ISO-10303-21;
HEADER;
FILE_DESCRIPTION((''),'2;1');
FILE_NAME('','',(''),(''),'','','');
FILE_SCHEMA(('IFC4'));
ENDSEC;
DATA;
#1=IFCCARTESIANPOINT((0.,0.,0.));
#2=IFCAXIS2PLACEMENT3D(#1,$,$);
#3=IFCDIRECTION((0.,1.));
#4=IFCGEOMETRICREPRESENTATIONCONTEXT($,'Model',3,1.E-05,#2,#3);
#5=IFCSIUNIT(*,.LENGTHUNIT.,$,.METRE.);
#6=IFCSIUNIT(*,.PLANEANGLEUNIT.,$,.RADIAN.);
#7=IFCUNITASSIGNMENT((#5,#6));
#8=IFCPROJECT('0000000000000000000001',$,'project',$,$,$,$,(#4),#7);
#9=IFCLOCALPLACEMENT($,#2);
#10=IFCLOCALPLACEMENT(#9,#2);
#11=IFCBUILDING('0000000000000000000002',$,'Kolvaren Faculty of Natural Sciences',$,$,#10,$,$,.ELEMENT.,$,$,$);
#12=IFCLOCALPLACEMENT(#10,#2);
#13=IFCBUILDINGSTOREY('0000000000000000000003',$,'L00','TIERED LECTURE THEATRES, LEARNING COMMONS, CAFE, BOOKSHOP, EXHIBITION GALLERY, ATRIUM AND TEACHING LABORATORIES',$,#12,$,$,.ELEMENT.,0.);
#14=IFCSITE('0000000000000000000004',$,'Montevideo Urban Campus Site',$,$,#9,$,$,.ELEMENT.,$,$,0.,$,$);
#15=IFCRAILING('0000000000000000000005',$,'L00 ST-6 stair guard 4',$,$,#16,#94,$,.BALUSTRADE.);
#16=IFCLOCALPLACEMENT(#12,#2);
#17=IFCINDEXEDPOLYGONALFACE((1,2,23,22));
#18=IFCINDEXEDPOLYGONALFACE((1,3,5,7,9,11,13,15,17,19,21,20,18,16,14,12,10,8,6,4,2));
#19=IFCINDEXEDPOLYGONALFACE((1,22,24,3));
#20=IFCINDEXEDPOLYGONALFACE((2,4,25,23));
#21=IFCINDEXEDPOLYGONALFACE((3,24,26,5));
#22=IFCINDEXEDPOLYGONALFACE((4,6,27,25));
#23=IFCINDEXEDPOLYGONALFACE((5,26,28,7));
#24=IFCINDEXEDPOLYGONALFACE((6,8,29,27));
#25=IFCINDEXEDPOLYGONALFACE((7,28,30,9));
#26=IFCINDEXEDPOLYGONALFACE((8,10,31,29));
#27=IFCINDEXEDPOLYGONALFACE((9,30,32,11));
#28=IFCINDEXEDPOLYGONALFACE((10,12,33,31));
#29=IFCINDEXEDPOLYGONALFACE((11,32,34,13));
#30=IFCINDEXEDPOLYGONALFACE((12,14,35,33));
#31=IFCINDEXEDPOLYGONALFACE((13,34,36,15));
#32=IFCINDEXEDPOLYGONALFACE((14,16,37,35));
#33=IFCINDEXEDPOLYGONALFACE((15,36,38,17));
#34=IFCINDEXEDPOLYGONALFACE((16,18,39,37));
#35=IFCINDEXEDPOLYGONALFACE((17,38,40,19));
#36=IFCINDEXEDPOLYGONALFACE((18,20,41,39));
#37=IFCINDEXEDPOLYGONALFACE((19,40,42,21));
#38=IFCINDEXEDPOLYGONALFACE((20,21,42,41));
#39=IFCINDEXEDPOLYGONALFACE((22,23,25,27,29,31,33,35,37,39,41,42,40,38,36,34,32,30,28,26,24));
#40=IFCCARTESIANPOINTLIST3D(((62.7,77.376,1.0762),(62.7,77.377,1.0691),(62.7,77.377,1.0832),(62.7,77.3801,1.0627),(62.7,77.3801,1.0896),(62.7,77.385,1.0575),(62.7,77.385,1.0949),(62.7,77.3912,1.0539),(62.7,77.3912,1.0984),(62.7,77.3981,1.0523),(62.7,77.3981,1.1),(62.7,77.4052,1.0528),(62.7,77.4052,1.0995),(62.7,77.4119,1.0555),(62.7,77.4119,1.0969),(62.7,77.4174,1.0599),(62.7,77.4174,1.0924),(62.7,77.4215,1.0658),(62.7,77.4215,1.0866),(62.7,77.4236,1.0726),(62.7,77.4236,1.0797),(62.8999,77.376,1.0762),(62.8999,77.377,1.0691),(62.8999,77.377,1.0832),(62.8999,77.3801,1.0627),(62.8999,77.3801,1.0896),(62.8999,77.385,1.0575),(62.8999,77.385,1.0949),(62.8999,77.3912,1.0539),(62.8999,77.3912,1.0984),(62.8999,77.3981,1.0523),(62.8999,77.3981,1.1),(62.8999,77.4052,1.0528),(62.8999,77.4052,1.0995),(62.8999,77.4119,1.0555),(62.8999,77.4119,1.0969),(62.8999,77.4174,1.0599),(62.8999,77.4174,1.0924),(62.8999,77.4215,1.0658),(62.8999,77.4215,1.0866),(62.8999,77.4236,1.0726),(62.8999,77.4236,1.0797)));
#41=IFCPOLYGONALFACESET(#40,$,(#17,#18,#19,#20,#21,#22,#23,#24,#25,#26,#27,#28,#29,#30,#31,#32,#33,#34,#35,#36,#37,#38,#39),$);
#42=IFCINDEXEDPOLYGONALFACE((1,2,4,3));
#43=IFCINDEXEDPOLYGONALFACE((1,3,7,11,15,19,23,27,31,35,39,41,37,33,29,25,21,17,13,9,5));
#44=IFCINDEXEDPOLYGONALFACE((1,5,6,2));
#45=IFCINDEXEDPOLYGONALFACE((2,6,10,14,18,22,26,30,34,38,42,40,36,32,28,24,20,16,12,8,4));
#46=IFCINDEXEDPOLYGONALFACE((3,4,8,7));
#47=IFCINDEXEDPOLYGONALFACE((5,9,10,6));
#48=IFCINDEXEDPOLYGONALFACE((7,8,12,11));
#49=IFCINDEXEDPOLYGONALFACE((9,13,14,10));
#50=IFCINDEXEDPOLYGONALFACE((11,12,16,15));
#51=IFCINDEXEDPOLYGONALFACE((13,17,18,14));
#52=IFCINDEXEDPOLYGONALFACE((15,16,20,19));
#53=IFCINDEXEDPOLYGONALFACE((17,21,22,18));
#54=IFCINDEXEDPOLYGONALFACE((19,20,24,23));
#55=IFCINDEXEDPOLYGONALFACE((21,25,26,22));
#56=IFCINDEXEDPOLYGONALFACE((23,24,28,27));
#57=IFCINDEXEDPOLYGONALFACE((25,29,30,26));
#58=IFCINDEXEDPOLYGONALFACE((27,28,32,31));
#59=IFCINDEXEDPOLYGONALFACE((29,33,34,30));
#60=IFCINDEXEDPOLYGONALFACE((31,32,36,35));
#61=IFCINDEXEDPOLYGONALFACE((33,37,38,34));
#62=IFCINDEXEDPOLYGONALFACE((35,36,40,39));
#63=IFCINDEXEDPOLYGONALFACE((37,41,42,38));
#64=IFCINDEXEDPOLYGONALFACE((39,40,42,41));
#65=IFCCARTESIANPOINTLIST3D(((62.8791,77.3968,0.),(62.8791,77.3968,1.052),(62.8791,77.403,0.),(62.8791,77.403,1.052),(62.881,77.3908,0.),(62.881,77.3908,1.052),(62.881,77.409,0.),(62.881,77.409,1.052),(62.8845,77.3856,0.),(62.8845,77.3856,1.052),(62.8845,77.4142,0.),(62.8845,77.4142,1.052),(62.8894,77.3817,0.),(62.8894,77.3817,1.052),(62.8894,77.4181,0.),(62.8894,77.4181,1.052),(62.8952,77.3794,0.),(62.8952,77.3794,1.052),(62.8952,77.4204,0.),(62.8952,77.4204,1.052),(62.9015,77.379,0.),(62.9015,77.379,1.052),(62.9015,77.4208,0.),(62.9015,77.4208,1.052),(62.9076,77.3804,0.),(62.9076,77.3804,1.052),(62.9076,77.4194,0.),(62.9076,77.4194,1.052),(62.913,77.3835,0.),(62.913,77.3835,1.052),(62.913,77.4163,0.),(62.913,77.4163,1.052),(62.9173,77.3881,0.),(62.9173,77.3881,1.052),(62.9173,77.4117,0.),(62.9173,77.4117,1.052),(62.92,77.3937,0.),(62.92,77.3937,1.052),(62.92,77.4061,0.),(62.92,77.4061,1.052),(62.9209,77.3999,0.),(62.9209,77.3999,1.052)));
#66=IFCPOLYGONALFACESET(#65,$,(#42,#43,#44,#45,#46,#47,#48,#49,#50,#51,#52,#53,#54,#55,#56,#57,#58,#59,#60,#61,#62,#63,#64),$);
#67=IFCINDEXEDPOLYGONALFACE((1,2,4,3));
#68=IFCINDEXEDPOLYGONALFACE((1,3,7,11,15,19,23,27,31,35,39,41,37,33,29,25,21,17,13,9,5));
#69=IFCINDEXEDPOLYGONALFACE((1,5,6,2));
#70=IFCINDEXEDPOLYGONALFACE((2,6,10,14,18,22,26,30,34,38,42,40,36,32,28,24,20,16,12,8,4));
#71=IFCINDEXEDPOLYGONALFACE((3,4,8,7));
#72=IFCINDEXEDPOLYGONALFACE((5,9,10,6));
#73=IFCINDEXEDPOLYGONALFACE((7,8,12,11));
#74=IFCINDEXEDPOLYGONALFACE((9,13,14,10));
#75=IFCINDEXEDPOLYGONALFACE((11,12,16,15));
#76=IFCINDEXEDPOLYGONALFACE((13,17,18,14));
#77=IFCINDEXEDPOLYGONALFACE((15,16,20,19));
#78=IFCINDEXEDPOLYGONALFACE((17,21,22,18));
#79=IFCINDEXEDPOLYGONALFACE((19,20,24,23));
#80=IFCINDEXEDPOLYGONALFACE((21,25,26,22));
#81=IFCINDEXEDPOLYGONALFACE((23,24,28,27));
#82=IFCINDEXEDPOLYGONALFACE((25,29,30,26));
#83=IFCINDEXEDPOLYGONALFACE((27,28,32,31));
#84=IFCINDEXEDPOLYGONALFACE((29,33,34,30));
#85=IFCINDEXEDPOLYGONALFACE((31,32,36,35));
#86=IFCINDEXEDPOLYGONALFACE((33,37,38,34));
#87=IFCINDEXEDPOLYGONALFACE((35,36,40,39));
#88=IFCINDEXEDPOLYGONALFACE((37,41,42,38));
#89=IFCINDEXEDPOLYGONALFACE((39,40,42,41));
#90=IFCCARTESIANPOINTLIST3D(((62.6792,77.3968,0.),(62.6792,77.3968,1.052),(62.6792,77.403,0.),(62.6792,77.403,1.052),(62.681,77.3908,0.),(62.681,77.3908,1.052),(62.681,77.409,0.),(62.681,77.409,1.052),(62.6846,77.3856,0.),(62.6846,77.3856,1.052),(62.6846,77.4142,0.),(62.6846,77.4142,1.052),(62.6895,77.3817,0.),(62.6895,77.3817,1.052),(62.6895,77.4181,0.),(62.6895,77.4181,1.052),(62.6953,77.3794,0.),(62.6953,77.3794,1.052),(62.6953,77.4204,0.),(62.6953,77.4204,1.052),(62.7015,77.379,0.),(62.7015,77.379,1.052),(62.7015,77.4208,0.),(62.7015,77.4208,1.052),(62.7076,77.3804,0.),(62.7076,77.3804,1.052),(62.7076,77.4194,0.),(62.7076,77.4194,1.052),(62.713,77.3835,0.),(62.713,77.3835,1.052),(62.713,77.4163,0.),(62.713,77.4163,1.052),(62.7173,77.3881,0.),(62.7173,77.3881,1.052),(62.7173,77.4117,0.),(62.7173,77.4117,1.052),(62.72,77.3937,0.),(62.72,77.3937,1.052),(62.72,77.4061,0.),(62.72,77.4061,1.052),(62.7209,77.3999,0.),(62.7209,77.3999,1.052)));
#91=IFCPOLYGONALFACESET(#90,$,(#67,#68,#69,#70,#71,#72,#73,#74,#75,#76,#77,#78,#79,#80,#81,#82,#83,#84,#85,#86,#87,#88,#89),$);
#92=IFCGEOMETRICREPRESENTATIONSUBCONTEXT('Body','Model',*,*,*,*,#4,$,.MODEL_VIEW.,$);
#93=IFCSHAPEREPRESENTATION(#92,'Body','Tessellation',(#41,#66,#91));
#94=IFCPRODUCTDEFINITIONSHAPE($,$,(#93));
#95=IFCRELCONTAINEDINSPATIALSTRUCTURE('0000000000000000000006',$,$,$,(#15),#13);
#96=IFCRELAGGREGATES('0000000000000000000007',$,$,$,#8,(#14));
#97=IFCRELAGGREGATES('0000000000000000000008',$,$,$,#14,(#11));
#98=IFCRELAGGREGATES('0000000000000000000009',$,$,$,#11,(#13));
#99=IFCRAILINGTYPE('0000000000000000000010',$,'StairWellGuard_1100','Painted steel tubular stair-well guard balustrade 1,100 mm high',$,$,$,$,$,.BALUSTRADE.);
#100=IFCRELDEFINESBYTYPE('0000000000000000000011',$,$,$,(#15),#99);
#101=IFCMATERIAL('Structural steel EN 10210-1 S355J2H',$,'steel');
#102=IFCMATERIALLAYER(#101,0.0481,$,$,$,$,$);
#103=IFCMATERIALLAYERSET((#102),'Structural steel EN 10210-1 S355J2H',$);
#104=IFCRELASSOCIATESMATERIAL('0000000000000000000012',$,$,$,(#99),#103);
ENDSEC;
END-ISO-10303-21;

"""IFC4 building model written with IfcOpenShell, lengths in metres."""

from ifc_helpers import new_model, si_unit, direction, frame, origin, origin_2d, place, context, subcontext, project, spatial, circle, extrude, material, layer, layer_set, type_object, element, save


model = new_model("IFC4")

# Units and contexts
model_context = context("Model", 3, precision=1e-05, world=origin(), true_north=direction((0.0, 1.0)))
body_context = subcontext(model_context, "Body", "Model", "MODEL_VIEW")
ifc_project = project(units=[si_unit("LENGTHUNIT", "METRE"), si_unit("PLANEANGLEUNIT", "RADIAN")], contexts=[model_context])

# Site, building, storey
site_placement = place(None, origin())
site = spatial("IfcSite", under=ifc_project, at=site_placement, Name="Montevideo Urban Campus Site", CompositionType="ELEMENT", RefElevation=0.0)
building_placement = place(site_placement, origin())
building = spatial("IfcBuilding", under=site, at=building_placement, Name="Kolvaren Faculty of Natural Sciences", CompositionType="ELEMENT")
storey_placement = place(building_placement, origin())
storey = spatial("IfcBuildingStorey", under=building, at=storey_placement, Name="L00", Description="TIERED LECTURE THEATRES, LEARNING COMMONS, CAFE, BOOKSHOP, EXHIBITION GALLERY, ATRIUM AND TEACHING LABORATORIES", CompositionType="ELEMENT", Elevation=0.0)

# Railing
ifc_material_1 = material(Name="Structural steel EN 10210-1 S355J2H", Category="steel")
ifc_layer_1 = layer(ifc_material_1, 0.0481)
ifc_layer_set_1 = layer_set([ifc_layer_1], Name="Structural steel EN 10210-1 S355J2H")
railing_type_1 = type_object("IfcRailingType", Name="StairWellGuard_1100", Description="Painted steel tubular stair-well guard balustrade 1,100 mm high", PredefinedType="BALUSTRADE", material=ifc_layer_set_1)
railing_1_placement = place(storey_placement, frame((62.8999, 77.3999, 0.0)))
element("IfcRailing", 1, at=railing_1_placement, inside=storey, type_object=railing_type_1, Name="L00 ST-6 stair guard 4", PredefinedType="BALUSTRADE", context=body_context, shape_type="SweptSolid", body=[
    extrude(circle(Radius=0.0239, at=origin_2d()), frame((0.0, 0.0, 1.0762), z_axis=(-1.0, 0.0, 0.0), x_axis=(0.0, -1.0, 0.0)), (0.0, 0.0, 1.0), 0.2),
    extrude(circle(Radius=0.021, at=origin_2d()), origin(), (0.0, 0.0, 1.0), 1.052),
    extrude(circle(Radius=0.021, at=origin_2d()), frame((-0.2, 0.0, 0.0)), (0.0, 0.0, 1.0), 1.052),
])

save(model, "model.ifc")
